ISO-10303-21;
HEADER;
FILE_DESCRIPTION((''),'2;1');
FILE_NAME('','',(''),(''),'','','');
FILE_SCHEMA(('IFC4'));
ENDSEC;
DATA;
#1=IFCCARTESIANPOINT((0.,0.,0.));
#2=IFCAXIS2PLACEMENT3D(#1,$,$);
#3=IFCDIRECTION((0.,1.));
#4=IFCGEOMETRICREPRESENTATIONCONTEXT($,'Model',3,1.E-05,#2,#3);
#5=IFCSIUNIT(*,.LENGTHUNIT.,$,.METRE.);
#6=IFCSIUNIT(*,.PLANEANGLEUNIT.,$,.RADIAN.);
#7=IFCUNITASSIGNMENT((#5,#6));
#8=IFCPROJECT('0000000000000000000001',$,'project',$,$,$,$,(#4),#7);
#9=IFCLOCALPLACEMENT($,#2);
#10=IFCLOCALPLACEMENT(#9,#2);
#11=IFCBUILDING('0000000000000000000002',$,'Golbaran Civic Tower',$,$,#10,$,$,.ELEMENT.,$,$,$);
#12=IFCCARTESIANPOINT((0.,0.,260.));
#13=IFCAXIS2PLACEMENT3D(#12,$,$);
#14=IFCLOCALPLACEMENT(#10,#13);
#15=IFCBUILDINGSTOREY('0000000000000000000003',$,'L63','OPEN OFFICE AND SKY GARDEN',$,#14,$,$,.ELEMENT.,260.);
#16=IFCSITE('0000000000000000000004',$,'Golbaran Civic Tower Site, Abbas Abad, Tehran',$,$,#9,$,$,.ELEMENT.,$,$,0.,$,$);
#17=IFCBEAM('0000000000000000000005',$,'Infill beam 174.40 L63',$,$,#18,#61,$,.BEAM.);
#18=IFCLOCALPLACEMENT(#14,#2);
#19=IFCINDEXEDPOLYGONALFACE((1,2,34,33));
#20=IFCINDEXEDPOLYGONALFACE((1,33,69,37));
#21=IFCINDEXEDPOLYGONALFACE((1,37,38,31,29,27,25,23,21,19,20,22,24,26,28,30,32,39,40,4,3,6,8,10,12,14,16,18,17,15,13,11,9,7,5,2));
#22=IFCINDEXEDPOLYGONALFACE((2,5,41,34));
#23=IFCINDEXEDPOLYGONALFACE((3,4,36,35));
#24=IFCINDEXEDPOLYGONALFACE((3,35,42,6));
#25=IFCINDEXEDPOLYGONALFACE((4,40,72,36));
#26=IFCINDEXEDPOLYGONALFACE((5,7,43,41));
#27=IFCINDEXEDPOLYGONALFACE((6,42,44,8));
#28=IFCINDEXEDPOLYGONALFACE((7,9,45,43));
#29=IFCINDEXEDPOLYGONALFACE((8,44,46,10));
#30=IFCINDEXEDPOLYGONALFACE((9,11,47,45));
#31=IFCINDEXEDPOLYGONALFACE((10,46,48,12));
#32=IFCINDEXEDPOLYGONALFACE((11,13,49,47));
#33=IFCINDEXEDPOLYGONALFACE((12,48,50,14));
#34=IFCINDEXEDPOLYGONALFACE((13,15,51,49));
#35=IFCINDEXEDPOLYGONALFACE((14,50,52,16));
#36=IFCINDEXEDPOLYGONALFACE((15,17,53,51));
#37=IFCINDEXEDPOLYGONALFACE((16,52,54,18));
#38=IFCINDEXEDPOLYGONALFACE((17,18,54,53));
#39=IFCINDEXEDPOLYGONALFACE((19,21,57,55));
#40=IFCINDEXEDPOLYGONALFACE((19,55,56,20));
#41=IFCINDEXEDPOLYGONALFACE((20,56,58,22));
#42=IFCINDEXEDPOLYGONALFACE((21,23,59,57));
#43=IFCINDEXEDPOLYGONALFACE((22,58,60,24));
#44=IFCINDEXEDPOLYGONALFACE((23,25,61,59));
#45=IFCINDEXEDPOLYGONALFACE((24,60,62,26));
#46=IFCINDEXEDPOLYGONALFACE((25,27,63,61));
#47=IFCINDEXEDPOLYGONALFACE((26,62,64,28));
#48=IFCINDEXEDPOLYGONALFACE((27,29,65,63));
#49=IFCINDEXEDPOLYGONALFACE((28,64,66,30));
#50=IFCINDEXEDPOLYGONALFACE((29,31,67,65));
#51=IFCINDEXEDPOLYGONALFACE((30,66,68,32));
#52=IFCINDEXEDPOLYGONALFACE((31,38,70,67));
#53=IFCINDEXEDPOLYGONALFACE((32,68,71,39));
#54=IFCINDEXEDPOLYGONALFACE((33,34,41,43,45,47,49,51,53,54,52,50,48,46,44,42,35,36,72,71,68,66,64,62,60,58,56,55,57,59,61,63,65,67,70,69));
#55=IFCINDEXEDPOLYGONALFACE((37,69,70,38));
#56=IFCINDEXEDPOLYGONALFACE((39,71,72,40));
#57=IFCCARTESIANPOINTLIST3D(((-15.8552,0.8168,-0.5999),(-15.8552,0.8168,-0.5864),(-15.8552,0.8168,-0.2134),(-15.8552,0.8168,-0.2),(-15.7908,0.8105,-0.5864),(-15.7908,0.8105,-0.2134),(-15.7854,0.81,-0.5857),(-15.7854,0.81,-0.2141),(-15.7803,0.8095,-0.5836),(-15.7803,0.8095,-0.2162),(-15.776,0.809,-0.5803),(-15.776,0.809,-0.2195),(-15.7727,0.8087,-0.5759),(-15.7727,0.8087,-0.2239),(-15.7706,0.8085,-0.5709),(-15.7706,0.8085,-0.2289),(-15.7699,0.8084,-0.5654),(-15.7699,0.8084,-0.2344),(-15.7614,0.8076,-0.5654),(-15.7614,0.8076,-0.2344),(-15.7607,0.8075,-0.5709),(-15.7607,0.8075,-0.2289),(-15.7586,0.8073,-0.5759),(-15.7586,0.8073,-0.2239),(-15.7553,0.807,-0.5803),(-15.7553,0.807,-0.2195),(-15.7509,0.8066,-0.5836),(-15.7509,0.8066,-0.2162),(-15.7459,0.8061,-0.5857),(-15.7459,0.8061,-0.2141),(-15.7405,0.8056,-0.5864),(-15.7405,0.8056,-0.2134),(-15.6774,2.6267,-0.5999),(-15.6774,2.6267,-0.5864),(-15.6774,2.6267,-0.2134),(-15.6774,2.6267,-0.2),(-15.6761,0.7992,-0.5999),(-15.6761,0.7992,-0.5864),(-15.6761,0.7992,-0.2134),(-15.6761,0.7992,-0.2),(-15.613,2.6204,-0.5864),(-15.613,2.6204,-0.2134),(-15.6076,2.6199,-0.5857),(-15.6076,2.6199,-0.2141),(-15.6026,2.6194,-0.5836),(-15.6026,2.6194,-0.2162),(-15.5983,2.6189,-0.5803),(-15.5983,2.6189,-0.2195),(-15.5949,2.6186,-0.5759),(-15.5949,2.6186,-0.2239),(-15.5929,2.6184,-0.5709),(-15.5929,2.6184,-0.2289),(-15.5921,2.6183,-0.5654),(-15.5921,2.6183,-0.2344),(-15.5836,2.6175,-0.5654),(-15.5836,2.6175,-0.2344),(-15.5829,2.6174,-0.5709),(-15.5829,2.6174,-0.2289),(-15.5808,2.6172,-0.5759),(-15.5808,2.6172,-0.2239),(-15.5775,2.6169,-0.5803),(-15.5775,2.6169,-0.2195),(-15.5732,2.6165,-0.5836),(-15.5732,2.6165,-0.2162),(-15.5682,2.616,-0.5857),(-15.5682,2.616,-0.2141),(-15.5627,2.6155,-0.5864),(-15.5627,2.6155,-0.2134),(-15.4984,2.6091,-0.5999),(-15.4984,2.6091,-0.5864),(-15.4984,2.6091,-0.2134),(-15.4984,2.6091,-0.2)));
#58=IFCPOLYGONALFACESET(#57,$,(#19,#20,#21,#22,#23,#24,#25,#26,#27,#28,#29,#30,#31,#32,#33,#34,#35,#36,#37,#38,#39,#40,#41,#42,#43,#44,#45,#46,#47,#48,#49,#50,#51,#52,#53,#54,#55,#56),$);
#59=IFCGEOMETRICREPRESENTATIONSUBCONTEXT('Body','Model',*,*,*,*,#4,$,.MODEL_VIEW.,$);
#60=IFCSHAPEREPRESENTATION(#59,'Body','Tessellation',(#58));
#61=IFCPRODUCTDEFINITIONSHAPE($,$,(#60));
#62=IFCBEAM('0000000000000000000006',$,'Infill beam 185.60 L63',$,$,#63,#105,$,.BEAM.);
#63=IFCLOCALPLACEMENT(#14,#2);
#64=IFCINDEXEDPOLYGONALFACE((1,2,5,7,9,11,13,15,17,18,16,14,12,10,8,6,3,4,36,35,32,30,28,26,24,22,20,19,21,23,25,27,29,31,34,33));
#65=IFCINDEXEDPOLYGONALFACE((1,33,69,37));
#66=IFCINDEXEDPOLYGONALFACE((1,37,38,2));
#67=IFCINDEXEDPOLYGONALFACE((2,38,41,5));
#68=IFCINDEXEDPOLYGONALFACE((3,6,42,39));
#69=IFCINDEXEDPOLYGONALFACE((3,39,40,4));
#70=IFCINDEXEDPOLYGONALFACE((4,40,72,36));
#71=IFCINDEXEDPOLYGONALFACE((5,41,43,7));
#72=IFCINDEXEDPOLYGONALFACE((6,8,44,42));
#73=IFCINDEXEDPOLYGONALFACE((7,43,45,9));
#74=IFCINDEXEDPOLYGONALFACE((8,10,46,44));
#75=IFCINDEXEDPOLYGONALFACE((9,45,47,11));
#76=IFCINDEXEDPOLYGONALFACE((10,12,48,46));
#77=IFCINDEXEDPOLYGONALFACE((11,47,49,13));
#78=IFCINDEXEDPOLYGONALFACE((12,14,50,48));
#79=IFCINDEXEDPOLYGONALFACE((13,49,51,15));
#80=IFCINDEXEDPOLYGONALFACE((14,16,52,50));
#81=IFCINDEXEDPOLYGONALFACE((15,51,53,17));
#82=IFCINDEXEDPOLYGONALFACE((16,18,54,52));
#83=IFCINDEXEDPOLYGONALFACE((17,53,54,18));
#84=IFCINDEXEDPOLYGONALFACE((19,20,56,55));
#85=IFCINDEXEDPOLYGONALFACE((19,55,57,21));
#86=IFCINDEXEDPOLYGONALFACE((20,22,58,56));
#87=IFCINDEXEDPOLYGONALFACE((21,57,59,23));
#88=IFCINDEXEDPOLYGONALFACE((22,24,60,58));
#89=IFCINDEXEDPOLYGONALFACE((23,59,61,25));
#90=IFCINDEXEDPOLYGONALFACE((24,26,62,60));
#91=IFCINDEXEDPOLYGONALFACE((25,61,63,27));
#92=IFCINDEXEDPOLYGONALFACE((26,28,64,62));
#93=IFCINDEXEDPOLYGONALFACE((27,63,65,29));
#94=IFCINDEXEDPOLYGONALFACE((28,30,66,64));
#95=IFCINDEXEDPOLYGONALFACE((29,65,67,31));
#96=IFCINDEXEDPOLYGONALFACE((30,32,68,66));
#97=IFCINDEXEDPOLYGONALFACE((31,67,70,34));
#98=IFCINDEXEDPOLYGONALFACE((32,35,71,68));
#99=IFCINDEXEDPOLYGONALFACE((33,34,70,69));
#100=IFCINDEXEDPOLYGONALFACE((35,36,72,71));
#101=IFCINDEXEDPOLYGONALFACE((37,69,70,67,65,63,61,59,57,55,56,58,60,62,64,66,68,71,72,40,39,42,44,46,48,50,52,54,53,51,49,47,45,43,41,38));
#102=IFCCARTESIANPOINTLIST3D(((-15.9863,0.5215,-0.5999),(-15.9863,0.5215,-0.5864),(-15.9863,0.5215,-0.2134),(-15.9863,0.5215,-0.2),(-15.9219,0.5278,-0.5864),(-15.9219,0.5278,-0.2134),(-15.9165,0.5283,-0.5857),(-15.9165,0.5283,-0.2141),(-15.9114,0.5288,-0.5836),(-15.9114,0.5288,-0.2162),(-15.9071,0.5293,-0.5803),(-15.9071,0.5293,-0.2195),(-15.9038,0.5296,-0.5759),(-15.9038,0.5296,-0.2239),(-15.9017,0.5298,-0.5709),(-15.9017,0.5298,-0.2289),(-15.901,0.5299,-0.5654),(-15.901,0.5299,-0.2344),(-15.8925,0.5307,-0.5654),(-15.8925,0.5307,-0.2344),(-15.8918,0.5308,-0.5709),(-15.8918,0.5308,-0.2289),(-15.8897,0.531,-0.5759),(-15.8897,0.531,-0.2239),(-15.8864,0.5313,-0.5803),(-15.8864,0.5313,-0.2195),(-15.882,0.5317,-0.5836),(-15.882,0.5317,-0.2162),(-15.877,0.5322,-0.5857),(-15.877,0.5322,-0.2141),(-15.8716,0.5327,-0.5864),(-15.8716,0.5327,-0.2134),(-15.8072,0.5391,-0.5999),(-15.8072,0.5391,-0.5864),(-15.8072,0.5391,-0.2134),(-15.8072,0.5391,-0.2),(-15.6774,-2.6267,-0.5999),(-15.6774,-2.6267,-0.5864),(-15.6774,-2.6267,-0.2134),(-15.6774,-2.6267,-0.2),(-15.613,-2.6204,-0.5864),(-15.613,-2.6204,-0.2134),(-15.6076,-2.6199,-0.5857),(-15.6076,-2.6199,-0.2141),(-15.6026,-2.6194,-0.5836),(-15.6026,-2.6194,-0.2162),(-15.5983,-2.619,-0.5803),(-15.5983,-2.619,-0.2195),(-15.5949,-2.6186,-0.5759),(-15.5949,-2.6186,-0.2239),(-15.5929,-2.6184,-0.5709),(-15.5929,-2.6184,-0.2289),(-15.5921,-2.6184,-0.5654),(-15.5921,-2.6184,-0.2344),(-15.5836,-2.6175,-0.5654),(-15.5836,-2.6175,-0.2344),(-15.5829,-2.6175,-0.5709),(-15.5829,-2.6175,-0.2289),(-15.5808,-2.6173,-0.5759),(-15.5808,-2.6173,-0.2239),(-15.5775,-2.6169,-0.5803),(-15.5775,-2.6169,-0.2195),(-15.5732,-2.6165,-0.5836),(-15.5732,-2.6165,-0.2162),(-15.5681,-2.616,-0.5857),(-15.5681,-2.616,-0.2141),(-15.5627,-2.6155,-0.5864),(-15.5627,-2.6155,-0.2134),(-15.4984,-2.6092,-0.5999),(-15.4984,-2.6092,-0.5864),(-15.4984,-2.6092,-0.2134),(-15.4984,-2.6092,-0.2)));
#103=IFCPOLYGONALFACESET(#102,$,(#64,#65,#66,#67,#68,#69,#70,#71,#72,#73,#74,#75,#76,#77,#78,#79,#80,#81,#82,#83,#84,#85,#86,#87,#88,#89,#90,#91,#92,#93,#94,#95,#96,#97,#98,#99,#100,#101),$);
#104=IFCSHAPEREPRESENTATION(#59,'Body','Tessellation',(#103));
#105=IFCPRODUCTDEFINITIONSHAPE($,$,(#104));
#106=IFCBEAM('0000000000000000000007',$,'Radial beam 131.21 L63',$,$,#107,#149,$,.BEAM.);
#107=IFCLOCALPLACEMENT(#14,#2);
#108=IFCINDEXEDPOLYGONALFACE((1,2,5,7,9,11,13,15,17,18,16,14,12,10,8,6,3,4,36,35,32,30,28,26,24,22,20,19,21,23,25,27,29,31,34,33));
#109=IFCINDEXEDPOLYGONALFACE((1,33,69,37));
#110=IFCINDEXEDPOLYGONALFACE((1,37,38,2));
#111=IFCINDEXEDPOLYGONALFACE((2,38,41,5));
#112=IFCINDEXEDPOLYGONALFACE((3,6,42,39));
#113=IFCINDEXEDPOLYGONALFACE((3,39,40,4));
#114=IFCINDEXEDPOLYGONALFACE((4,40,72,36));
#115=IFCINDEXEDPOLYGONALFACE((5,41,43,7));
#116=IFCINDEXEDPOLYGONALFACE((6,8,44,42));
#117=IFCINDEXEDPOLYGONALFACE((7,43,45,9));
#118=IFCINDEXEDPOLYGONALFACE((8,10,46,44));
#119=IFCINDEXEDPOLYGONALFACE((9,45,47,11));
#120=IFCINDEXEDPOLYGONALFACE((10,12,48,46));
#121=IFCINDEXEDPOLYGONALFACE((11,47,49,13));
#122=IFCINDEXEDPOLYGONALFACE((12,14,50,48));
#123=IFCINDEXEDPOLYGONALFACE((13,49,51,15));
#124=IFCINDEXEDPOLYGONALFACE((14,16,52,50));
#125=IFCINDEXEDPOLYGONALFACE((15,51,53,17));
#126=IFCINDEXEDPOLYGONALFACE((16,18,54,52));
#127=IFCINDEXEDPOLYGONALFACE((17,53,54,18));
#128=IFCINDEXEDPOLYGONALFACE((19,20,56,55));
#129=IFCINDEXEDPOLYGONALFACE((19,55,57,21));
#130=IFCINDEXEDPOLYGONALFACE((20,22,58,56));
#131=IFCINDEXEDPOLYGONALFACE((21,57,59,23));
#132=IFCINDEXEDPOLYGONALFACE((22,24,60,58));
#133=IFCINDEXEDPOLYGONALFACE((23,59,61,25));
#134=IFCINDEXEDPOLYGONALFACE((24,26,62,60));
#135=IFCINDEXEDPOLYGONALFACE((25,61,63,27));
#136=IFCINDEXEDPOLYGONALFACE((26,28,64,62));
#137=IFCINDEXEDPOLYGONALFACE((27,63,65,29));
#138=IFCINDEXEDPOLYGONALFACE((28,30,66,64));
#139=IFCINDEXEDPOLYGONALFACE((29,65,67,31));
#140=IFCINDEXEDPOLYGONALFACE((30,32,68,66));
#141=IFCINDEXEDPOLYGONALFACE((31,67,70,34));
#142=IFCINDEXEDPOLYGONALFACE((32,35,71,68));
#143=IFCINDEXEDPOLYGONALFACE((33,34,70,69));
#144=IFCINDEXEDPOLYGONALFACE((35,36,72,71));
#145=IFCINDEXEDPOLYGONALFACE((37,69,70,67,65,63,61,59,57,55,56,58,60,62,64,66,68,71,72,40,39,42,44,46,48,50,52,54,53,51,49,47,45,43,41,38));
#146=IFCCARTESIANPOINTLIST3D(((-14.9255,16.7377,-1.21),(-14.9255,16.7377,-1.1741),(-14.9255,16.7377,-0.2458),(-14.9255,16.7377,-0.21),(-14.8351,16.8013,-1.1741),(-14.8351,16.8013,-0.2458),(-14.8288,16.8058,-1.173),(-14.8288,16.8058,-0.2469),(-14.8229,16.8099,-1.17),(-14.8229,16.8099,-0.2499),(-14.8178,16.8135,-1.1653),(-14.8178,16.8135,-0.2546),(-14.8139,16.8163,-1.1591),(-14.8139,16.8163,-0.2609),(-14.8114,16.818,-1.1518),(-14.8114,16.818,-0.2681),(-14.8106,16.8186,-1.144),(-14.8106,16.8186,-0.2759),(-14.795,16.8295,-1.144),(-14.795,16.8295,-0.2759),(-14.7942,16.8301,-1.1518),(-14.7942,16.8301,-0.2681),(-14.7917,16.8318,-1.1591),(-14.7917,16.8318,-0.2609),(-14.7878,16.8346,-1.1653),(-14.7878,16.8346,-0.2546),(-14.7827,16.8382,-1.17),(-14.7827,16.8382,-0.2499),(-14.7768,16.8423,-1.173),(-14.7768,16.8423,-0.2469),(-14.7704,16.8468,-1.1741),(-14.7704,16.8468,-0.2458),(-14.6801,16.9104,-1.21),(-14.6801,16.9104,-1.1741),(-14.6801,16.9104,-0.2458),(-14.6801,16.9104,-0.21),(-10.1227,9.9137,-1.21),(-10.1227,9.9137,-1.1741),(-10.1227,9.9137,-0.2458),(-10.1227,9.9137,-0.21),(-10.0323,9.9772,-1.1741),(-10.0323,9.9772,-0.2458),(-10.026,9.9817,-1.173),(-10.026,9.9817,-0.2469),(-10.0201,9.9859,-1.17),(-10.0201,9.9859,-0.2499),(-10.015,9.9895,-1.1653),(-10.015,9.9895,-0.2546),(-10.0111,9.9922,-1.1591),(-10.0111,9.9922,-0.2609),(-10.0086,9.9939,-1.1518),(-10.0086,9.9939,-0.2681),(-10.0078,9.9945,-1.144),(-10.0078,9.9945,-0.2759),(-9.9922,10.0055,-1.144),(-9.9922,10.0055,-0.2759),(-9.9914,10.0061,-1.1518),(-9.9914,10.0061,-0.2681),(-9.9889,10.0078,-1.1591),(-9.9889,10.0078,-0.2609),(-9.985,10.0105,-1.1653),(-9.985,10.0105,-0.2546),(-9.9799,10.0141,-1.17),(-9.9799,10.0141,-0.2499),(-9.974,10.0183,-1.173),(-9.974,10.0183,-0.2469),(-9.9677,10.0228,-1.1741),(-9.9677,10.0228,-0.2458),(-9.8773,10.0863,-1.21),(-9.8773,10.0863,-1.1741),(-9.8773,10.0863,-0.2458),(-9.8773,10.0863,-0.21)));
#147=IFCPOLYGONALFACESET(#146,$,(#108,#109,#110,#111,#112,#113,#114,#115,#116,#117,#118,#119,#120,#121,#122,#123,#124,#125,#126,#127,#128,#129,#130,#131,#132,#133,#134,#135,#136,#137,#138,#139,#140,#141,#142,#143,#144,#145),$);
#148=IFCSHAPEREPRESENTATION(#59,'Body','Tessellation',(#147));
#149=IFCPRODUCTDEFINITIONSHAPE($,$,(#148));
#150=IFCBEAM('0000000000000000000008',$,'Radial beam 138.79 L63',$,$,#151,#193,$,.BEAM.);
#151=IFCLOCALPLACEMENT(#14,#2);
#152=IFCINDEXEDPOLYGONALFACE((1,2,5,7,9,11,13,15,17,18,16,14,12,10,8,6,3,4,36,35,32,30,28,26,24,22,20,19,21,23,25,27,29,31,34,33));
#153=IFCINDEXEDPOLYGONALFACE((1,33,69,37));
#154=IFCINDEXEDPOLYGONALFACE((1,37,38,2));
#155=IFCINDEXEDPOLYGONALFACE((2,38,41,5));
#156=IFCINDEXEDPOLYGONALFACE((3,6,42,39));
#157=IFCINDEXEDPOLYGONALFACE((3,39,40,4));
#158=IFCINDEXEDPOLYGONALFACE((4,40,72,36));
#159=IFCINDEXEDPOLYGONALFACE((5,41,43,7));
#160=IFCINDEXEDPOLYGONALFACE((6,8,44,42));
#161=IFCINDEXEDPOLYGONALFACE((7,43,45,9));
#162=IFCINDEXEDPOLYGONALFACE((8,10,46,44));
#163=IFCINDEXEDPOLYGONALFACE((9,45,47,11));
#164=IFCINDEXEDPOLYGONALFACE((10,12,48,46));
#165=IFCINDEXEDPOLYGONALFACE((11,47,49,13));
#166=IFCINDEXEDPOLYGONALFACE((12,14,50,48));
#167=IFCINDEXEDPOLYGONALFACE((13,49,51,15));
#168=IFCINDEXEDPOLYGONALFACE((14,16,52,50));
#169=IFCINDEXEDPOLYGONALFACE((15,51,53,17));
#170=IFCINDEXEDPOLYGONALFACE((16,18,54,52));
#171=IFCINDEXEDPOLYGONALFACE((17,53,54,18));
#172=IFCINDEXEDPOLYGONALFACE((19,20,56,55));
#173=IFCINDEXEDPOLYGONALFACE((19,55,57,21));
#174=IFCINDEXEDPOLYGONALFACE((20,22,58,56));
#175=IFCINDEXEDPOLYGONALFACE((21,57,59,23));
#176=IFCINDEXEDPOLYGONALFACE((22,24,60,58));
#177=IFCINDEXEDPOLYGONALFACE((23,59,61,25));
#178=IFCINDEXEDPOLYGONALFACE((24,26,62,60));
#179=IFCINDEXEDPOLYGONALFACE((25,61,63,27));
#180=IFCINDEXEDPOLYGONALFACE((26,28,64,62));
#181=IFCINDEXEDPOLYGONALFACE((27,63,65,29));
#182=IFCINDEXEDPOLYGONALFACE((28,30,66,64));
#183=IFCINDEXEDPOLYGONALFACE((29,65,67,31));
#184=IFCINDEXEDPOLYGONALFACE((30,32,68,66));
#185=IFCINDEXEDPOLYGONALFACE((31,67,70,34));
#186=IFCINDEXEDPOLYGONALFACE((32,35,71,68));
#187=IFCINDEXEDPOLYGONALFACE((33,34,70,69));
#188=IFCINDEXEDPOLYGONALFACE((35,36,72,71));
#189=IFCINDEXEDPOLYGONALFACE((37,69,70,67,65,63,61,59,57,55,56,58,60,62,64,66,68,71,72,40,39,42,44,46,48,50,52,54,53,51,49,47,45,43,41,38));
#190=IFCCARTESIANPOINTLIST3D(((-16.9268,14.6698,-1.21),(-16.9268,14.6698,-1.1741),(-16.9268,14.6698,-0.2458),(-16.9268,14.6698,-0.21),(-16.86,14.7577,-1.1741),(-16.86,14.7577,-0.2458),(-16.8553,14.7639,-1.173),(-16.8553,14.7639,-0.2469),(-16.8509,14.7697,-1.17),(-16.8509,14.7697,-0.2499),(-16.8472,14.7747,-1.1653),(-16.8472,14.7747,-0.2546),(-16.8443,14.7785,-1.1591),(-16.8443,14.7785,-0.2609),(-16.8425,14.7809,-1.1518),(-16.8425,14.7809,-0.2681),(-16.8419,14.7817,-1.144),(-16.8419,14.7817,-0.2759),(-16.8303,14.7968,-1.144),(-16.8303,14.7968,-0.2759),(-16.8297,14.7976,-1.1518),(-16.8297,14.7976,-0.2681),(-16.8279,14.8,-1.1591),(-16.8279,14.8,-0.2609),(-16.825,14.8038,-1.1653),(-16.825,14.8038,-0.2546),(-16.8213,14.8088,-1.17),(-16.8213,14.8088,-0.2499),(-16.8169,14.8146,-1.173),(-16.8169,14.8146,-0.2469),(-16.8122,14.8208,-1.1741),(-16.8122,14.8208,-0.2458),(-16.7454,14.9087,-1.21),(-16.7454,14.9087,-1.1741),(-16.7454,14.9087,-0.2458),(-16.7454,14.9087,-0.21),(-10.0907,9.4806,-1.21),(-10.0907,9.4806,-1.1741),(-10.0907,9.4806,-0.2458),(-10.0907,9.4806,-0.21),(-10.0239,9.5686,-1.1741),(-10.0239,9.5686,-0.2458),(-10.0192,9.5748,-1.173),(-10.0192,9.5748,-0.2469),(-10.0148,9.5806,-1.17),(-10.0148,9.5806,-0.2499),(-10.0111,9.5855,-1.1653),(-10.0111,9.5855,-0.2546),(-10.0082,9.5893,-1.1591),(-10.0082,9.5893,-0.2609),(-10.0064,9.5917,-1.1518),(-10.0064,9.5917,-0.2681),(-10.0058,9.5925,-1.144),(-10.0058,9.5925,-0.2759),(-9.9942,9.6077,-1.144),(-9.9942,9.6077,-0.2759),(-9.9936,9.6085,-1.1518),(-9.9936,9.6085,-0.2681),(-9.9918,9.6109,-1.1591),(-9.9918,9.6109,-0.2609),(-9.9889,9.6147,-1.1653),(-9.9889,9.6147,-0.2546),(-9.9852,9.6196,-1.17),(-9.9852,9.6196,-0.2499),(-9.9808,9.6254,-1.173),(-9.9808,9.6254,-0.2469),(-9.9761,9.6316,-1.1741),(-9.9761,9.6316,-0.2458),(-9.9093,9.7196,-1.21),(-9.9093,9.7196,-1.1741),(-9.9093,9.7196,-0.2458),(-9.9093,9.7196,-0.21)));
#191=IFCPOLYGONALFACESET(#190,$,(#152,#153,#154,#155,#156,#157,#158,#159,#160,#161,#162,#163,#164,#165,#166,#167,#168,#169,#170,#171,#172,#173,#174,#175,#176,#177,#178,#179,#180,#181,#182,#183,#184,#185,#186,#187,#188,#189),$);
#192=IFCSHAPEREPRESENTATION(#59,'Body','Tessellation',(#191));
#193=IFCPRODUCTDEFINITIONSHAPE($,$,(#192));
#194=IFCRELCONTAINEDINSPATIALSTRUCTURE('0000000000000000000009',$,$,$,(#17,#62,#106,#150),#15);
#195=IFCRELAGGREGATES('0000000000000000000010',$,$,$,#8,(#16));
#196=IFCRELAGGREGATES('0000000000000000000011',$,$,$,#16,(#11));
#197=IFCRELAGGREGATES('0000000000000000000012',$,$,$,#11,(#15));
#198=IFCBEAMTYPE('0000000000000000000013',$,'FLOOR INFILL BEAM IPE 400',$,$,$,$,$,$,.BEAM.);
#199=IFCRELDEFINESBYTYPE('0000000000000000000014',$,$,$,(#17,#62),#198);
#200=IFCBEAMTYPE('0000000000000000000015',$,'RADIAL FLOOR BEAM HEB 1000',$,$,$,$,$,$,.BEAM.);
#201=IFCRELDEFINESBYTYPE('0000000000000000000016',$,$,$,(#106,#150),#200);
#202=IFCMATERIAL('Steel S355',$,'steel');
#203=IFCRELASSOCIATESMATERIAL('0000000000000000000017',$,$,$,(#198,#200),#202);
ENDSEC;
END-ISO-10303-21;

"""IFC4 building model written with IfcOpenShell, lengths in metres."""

from ifc_helpers import new_model, si_unit, direction, frame, origin, origin_2d, place, context, subcontext, project, spatial, i_section, extrude, material, material_profile, profile_set, type_object, element, save


model = new_model("IFC4")

# Units and contexts
model_context = context("Model", 3, precision=1e-05, world=origin(), true_north=direction((0.0, 1.0)))
body_context = subcontext(model_context, "Body", "Model", "MODEL_VIEW")
ifc_project = project(units=[si_unit("LENGTHUNIT", "METRE"), si_unit("PLANEANGLEUNIT", "RADIAN")], contexts=[model_context])

# Site, building, storey
site_placement = place(None, origin())
site = spatial("IfcSite", under=ifc_project, at=site_placement, Name="Golbaran Civic Tower Site, Abbas Abad, Tehran", CompositionType="ELEMENT", RefElevation=0.0)
building_placement = place(site_placement, origin())
building = spatial("IfcBuilding", under=site, at=building_placement, Name="Golbaran Civic Tower", CompositionType="ELEMENT")
storey_placement = place(building_placement, frame((0.0, 0.0, 260.0)))
storey = spatial("IfcBuildingStorey", under=building, at=storey_placement, Name="L63", Description="OPEN OFFICE AND SKY GARDEN", CompositionType="ELEMENT", Elevation=260.0)

# Beams
ifc_material_1 = material(Name="Steel S355", Category="steel")
ifc_material_profile_1 = material_profile(ifc_material_1, i_section(OverallWidth=0.1799, OverallDepth=0.3999, WebThickness=0.0085, FlangeThickness=0.0134, FilletRadius=0.021, at=origin_2d()), Name="IPE 400")
ifc_profile_set_1 = profile_set([ifc_material_profile_1], Name="Steel S355")
beam_type_1 = type_object("IfcBeamType", Name="FLOOR INFILL BEAM IPE 400", PredefinedType="BEAM", material=ifc_profile_set_1)
beam_1_placement = place(storey_placement, frame((-15.5879, 2.6179, -0.3999), z_axis=(-0.097736, -0.995212, 0.0), x_axis=(0.995212, -0.097736, 0.0)))
element("IfcBeam", 1, at=beam_1_placement, inside=storey, type_object=beam_type_1, Name="Infill beam 174.40 L63", PredefinedType="BEAM", context=body_context, shape_type="SweptSolid", body=[
    extrude(i_section(OverallWidth=0.1799, OverallDepth=0.3999, WebThickness=0.0085, FlangeThickness=0.0134, FilletRadius=0.021, at=origin_2d()), origin(), (0.0, 0.0, 1.0), 1.8186),
])
beam_2_placement = place(storey_placement, frame((-15.8967, 0.5303, -0.3999), z_axis=(0.097631, -0.995223, 0.0), x_axis=(0.995223, 0.097631, 0.0)))
element("IfcBeam", 2, at=beam_2_placement, inside=storey, type_object=beam_type_1, Name="Infill beam 185.60 L63", PredefinedType="BEAM", context=body_context, shape_type="SweptSolid", body=[
    extrude(i_section(OverallWidth=0.1799, OverallDepth=0.3999, WebThickness=0.0085, FlangeThickness=0.0134, FilletRadius=0.021, at=origin_2d()), origin(), (0.0, 0.0, 1.0), 3.1633),
])
ifc_material_profile_2 = material_profile(ifc_material_1, i_section(OverallWidth=0.3, OverallDepth=1.0, WebThickness=0.019, FlangeThickness=0.0359, FilletRadius=0.03, at=origin_2d()), Name="HEB 1000")
ifc_profile_set_2 = profile_set([ifc_material_profile_2], Name="Steel S355")
beam_type_2 = type_object("IfcBeamType", Name="RADIAL FLOOR BEAM HEB 1000", PredefinedType="BEAM", material=ifc_profile_set_2)
beam_3_placement = place(storey_placement, frame((-10.0, 10.0, -0.71), z_axis=(-0.575548, 0.817768, 0.0), x_axis=(-0.817768, -0.575548, 0.0)))
element("IfcBeam", 3, at=beam_3_placement, inside=storey, type_object=beam_type_2, Name="Radial beam 131.21 L63", PredefinedType="BEAM", context=body_context, shape_type="SweptSolid", body=[
    extrude(i_section(OverallWidth=0.3, OverallDepth=1.0, WebThickness=0.019, FlangeThickness=0.0359, FilletRadius=0.03, at=origin_2d()), origin(), (0.0, 0.0, 1.0), 8.3447),
])
beam_4_placement = place(storey_placement, frame((-10.0, 9.6001, -0.71), z_axis=(-0.796515, 0.604619, 0.0), x_axis=(-0.604619, -0.796515, 0.0)))
element("IfcBeam", 4, at=beam_4_placement, inside=storey, type_object=beam_type_2, Name="Radial beam 138.79 L63", PredefinedType="BEAM", context=body_context, shape_type="SweptSolid", body=[
    extrude(i_section(OverallWidth=0.3, OverallDepth=1.0, WebThickness=0.019, FlangeThickness=0.0359, FilletRadius=0.03, at=origin_2d()), origin(), (0.0, 0.0, 1.0), 8.5825),
])

save(model, "model.ifc")
